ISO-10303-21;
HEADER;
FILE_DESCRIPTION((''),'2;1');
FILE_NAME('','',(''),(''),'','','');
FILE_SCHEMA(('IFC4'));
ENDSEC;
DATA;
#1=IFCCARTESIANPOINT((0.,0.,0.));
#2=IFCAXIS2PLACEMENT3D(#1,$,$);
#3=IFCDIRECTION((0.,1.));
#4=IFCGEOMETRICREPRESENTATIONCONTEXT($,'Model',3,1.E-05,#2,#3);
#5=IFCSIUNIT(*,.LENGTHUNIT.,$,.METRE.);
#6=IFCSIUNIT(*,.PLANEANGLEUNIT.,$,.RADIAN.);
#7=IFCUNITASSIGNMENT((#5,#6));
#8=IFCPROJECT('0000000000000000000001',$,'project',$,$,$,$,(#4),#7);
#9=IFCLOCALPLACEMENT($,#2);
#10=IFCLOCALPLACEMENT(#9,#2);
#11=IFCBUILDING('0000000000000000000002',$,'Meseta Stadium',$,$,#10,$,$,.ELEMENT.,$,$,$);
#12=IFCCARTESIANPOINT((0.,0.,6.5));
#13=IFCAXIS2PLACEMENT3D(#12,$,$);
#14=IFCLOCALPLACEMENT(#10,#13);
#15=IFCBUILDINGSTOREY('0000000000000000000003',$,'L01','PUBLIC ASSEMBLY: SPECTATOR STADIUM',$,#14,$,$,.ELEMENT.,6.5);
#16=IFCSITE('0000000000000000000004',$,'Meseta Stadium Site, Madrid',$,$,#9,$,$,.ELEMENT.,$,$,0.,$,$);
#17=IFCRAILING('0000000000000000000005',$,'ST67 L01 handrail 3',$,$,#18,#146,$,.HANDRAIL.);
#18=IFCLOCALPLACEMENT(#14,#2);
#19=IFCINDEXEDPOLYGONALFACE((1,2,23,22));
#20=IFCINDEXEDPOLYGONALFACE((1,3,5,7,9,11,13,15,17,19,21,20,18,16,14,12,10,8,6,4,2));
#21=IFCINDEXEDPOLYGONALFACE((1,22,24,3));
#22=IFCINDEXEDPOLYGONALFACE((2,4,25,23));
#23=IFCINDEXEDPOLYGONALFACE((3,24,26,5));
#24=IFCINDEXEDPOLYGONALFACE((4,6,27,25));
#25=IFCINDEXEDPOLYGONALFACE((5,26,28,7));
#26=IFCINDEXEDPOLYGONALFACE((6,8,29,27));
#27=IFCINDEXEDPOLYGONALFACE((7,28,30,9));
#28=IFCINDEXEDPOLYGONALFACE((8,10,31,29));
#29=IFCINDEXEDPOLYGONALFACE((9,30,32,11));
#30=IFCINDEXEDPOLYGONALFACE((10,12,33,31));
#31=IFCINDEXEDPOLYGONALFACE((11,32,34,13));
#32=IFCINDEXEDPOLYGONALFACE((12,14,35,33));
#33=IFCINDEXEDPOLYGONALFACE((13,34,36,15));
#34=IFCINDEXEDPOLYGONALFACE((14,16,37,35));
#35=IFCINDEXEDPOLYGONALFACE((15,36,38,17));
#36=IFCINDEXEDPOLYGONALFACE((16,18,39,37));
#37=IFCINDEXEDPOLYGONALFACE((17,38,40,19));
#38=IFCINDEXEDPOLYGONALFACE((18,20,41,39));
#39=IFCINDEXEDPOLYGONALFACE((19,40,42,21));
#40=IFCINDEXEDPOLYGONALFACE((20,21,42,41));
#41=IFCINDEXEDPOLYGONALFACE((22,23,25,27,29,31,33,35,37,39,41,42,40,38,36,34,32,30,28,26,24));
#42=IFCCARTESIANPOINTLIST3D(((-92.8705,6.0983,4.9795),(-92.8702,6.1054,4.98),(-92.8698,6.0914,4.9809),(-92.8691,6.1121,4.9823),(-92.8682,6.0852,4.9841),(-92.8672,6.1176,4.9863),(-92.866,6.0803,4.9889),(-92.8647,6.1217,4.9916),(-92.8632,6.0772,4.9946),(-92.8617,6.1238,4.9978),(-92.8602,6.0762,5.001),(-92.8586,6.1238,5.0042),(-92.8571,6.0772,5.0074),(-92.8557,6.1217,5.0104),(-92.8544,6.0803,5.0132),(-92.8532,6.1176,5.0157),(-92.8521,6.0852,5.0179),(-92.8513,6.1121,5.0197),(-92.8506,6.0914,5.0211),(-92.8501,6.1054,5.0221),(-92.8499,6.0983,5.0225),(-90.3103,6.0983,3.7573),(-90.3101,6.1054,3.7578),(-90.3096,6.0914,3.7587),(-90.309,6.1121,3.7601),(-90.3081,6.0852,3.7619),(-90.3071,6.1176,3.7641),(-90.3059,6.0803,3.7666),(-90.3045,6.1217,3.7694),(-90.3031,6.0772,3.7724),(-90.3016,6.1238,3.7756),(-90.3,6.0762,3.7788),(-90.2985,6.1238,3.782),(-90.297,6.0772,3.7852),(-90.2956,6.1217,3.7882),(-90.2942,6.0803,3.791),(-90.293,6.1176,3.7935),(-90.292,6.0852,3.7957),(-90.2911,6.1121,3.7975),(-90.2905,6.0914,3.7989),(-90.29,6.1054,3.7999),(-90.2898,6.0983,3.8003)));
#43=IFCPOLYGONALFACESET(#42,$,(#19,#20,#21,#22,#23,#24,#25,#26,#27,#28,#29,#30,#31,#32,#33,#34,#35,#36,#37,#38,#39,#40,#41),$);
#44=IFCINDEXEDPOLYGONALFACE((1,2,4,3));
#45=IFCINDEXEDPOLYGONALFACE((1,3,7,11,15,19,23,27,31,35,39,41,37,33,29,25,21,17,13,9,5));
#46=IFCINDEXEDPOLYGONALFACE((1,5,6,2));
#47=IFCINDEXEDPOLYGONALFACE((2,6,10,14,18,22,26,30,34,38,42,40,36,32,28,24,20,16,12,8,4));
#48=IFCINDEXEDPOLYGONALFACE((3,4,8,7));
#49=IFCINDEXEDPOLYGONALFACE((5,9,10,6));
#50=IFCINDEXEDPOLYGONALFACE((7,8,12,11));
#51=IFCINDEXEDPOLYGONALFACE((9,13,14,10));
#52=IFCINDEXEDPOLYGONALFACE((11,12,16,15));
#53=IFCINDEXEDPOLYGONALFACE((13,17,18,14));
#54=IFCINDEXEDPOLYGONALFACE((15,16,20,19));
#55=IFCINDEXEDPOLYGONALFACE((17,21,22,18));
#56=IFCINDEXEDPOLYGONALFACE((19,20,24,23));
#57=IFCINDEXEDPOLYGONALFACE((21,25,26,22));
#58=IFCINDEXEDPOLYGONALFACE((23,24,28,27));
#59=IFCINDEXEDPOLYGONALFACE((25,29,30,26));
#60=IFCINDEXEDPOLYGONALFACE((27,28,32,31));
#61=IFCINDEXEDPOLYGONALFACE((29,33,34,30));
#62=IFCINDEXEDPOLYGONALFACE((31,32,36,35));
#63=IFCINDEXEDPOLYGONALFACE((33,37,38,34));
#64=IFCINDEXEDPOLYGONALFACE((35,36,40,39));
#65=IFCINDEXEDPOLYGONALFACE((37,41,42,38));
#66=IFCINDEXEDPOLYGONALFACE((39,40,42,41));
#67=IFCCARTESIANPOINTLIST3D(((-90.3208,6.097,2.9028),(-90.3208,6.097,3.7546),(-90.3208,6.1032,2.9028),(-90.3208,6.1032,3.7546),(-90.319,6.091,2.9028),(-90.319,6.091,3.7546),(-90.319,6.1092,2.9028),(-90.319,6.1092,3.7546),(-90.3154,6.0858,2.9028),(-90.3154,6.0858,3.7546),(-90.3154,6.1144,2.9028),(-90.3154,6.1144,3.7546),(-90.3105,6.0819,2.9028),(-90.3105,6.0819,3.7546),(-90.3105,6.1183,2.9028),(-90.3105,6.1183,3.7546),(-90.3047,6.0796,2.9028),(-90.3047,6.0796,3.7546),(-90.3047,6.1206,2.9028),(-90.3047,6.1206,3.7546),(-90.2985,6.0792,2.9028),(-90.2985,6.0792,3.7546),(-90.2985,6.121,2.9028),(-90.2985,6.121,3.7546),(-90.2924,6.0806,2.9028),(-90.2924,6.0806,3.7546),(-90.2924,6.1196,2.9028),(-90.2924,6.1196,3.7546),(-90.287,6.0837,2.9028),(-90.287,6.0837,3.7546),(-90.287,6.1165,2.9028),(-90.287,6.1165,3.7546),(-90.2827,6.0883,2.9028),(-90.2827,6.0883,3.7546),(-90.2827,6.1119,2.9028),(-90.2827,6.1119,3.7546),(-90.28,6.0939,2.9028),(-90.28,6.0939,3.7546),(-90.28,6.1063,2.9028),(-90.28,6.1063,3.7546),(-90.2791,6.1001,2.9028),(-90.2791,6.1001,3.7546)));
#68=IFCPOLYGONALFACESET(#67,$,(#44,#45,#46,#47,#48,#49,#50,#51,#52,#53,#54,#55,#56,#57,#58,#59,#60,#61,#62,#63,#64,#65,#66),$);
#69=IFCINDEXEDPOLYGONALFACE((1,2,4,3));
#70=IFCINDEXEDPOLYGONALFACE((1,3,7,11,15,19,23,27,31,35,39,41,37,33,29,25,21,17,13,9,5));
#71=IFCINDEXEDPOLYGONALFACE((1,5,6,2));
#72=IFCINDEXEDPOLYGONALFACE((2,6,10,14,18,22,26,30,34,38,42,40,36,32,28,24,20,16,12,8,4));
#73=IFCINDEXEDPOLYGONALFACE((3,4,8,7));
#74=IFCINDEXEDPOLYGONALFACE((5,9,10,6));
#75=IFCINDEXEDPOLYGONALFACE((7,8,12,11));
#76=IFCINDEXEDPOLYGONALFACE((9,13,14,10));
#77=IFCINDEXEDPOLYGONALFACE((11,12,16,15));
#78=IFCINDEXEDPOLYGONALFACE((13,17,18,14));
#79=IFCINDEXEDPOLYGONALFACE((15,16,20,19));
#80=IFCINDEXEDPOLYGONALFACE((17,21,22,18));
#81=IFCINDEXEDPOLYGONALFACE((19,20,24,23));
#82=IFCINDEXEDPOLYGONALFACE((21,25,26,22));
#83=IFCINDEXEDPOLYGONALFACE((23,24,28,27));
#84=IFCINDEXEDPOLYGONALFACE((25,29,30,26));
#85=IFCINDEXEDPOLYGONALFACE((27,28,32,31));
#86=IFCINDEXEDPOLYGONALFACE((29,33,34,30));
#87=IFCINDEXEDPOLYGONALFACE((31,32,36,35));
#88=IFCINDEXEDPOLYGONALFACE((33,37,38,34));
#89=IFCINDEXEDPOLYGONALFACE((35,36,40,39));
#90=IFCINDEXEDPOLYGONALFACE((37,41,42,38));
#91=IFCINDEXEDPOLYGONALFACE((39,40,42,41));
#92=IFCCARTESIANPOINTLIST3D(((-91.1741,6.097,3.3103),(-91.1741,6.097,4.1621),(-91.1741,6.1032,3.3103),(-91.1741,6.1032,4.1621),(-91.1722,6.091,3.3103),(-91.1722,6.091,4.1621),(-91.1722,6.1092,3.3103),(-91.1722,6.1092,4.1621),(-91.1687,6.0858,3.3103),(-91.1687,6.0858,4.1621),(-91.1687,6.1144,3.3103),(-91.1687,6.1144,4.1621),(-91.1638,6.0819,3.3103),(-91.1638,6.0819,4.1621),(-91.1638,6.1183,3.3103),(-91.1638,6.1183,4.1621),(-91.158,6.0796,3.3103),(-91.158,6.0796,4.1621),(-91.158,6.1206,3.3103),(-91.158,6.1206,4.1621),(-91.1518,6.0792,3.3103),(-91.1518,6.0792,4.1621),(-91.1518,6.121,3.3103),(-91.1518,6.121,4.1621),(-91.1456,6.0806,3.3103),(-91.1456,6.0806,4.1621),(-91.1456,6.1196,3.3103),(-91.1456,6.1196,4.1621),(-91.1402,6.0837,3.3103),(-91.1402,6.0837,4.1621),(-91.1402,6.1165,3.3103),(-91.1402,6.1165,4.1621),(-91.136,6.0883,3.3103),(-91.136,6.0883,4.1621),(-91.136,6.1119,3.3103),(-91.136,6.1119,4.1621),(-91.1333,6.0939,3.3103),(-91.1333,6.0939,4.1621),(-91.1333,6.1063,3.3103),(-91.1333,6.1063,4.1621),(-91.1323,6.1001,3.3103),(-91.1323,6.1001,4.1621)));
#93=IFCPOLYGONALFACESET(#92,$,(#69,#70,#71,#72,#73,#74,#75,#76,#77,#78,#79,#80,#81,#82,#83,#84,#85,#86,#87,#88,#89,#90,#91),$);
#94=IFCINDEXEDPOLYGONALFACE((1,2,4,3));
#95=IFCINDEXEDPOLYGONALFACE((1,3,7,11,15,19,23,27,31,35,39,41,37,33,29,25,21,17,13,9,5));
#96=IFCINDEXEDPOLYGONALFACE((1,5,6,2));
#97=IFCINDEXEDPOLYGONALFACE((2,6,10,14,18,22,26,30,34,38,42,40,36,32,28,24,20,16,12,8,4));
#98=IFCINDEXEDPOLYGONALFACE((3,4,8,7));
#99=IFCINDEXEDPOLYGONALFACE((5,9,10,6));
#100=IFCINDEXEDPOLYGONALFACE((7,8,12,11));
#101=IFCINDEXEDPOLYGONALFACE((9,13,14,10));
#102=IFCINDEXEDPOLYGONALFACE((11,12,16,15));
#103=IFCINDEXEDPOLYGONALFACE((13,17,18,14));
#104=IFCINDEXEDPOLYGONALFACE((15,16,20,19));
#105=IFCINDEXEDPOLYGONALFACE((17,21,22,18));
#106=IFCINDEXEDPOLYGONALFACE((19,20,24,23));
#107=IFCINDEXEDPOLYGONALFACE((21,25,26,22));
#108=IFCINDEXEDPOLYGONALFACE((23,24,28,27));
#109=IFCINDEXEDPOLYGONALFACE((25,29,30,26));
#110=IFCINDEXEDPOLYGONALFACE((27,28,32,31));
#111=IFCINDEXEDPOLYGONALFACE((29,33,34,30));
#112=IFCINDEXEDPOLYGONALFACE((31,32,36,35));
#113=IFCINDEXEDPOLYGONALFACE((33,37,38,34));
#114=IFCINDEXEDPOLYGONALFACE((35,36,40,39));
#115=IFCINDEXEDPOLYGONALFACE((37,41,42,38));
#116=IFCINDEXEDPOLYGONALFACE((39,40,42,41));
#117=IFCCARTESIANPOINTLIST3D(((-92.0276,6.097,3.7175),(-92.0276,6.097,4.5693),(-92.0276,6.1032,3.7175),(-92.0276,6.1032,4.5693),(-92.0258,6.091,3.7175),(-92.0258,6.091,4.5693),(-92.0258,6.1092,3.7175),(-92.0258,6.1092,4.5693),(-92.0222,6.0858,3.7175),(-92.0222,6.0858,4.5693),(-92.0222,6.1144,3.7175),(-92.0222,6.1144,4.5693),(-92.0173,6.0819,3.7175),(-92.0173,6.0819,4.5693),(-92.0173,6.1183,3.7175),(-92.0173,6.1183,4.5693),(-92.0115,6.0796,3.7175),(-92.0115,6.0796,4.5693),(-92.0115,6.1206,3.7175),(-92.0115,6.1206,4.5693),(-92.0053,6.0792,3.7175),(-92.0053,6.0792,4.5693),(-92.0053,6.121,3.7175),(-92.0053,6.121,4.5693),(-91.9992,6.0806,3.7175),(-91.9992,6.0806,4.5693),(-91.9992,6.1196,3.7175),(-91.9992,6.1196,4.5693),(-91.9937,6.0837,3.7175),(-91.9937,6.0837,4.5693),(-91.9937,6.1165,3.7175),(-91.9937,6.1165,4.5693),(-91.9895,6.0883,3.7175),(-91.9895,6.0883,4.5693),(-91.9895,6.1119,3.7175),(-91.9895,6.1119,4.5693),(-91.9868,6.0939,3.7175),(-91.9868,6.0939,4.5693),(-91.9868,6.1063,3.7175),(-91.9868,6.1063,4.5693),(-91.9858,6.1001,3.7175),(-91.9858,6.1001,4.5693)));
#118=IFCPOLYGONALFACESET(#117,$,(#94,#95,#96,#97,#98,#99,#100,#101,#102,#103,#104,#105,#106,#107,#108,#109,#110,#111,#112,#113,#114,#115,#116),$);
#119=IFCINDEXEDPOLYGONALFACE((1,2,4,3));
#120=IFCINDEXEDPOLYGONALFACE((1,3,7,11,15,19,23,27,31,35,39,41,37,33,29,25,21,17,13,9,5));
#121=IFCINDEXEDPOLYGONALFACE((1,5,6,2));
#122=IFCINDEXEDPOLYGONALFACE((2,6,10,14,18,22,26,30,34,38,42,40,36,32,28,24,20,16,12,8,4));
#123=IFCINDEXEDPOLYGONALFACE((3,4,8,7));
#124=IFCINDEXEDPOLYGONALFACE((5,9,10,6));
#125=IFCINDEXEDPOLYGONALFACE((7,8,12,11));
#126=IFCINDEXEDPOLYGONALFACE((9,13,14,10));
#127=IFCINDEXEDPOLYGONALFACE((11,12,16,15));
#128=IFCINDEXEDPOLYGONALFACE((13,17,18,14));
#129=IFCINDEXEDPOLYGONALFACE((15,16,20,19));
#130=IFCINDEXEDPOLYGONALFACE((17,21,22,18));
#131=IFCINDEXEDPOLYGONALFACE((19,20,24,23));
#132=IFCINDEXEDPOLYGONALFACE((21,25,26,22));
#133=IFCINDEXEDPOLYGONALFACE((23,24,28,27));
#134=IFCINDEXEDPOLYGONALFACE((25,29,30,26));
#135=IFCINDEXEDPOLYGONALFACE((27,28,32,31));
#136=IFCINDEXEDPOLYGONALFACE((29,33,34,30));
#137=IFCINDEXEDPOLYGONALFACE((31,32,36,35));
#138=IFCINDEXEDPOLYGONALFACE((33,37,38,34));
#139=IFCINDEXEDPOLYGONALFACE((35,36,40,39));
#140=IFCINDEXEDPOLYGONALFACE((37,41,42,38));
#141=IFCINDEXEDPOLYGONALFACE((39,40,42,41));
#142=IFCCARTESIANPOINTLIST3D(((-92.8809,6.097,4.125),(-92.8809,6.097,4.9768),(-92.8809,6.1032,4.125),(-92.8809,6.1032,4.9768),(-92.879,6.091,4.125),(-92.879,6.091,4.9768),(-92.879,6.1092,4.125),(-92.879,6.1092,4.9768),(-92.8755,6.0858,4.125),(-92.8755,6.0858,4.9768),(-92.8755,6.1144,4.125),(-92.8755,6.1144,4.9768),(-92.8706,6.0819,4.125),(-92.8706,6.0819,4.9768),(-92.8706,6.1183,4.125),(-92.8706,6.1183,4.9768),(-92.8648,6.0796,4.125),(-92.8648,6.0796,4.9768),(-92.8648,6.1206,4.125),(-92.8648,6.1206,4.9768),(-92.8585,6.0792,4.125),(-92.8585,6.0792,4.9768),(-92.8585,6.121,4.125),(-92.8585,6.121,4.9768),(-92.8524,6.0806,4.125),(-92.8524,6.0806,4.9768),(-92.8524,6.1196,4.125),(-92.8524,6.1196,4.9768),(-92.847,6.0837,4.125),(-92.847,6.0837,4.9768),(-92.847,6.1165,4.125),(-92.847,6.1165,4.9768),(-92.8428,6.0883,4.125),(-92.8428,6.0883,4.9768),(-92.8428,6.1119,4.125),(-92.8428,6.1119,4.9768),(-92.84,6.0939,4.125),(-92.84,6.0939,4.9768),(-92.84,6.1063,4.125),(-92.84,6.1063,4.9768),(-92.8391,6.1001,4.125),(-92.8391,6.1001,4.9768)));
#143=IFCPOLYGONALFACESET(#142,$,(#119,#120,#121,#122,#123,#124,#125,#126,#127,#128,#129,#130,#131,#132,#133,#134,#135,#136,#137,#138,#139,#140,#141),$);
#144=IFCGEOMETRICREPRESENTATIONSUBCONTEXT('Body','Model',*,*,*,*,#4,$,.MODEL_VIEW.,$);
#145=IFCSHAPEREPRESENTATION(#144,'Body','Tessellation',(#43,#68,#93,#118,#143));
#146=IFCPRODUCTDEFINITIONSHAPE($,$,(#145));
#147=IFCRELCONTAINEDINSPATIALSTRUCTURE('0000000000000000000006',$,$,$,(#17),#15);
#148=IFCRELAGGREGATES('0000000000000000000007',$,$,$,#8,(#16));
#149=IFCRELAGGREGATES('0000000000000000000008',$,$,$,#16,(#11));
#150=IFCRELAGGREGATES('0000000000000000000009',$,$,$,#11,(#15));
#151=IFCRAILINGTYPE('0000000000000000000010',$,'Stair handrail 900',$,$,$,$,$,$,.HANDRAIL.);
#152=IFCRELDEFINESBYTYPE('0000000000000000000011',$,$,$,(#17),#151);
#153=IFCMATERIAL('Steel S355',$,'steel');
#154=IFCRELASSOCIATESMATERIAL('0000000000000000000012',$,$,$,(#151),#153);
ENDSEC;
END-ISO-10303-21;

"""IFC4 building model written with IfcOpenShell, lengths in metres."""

from ifc_helpers import new_model, si_unit, direction, frame, origin, origin_2d, place, context, subcontext, project, spatial, circle, extrude, material, type_object, element, save


model = new_model("IFC4")

# Units and contexts
model_context = context("Model", 3, precision=1e-05, world=origin(), true_north=direction((0.0, 1.0)))
body_context = subcontext(model_context, "Body", "Model", "MODEL_VIEW")
ifc_project = project(units=[si_unit("LENGTHUNIT", "METRE"), si_unit("PLANEANGLEUNIT", "RADIAN")], contexts=[model_context])

# Site, building, storey
site_placement = place(None, origin())
site = spatial("IfcSite", under=ifc_project, at=site_placement, Name="Meseta Stadium Site, Madrid", CompositionType="ELEMENT", RefElevation=0.0)
building_placement = place(site_placement, origin())
building = spatial("IfcBuilding", under=site, at=building_placement, Name="Meseta Stadium", CompositionType="ELEMENT")
storey_placement = place(building_placement, frame((0.0, 0.0, 6.5)))
storey = spatial("IfcBuildingStorey", under=building, at=storey_placement, Name="L01", Description="PUBLIC ASSEMBLY: SPECTATOR STADIUM", CompositionType="ELEMENT", Elevation=6.5)

# Railing
ifc_material_1 = material(Name="Steel S355", Category="steel")
railing_type_1 = type_object("IfcRailingType", Name="Stair handrail 900", PredefinedType="HANDRAIL", material=ifc_material_1)
for number, where, name in (
    (1, (-90.3, 6.1001, 2.9028), "ST67 L01 handrail 3"),
):
    element("IfcRailing", number, at=place(storey_placement, frame(where)), inside=storey, type_object=railing_type_1, Name=name, PredefinedType="HANDRAIL", context=body_context, shape_type="SweptSolid", body=[
        extrude(circle(Radius=0.0239, at=origin_2d()), frame((0.0, 0.0, 0.876), z_axis=(-0.902437, 0.0, 0.430822), x_axis=(0.0, -1.0, 0.0)), (0.0, 0.0, 1.0), 2.8369),
        extrude(circle(Radius=0.021, at=origin_2d()), origin(), (0.0, 0.0, 1.0), 0.8518),
        extrude(circle(Radius=0.021, at=origin_2d()), frame((-0.8533, 0.0, 0.4075)), (0.0, 0.0, 1.0), 0.8518),
        extrude(circle(Radius=0.021, at=origin_2d()), frame((-1.7068, 0.0, 0.8147)), (0.0, 0.0, 1.0), 0.8518),
        extrude(circle(Radius=0.021, at=origin_2d()), frame((-2.5601, 0.0, 1.2222)), (0.0, 0.0, 1.0), 0.8518),
    ])

save(model, "model.ifc")
